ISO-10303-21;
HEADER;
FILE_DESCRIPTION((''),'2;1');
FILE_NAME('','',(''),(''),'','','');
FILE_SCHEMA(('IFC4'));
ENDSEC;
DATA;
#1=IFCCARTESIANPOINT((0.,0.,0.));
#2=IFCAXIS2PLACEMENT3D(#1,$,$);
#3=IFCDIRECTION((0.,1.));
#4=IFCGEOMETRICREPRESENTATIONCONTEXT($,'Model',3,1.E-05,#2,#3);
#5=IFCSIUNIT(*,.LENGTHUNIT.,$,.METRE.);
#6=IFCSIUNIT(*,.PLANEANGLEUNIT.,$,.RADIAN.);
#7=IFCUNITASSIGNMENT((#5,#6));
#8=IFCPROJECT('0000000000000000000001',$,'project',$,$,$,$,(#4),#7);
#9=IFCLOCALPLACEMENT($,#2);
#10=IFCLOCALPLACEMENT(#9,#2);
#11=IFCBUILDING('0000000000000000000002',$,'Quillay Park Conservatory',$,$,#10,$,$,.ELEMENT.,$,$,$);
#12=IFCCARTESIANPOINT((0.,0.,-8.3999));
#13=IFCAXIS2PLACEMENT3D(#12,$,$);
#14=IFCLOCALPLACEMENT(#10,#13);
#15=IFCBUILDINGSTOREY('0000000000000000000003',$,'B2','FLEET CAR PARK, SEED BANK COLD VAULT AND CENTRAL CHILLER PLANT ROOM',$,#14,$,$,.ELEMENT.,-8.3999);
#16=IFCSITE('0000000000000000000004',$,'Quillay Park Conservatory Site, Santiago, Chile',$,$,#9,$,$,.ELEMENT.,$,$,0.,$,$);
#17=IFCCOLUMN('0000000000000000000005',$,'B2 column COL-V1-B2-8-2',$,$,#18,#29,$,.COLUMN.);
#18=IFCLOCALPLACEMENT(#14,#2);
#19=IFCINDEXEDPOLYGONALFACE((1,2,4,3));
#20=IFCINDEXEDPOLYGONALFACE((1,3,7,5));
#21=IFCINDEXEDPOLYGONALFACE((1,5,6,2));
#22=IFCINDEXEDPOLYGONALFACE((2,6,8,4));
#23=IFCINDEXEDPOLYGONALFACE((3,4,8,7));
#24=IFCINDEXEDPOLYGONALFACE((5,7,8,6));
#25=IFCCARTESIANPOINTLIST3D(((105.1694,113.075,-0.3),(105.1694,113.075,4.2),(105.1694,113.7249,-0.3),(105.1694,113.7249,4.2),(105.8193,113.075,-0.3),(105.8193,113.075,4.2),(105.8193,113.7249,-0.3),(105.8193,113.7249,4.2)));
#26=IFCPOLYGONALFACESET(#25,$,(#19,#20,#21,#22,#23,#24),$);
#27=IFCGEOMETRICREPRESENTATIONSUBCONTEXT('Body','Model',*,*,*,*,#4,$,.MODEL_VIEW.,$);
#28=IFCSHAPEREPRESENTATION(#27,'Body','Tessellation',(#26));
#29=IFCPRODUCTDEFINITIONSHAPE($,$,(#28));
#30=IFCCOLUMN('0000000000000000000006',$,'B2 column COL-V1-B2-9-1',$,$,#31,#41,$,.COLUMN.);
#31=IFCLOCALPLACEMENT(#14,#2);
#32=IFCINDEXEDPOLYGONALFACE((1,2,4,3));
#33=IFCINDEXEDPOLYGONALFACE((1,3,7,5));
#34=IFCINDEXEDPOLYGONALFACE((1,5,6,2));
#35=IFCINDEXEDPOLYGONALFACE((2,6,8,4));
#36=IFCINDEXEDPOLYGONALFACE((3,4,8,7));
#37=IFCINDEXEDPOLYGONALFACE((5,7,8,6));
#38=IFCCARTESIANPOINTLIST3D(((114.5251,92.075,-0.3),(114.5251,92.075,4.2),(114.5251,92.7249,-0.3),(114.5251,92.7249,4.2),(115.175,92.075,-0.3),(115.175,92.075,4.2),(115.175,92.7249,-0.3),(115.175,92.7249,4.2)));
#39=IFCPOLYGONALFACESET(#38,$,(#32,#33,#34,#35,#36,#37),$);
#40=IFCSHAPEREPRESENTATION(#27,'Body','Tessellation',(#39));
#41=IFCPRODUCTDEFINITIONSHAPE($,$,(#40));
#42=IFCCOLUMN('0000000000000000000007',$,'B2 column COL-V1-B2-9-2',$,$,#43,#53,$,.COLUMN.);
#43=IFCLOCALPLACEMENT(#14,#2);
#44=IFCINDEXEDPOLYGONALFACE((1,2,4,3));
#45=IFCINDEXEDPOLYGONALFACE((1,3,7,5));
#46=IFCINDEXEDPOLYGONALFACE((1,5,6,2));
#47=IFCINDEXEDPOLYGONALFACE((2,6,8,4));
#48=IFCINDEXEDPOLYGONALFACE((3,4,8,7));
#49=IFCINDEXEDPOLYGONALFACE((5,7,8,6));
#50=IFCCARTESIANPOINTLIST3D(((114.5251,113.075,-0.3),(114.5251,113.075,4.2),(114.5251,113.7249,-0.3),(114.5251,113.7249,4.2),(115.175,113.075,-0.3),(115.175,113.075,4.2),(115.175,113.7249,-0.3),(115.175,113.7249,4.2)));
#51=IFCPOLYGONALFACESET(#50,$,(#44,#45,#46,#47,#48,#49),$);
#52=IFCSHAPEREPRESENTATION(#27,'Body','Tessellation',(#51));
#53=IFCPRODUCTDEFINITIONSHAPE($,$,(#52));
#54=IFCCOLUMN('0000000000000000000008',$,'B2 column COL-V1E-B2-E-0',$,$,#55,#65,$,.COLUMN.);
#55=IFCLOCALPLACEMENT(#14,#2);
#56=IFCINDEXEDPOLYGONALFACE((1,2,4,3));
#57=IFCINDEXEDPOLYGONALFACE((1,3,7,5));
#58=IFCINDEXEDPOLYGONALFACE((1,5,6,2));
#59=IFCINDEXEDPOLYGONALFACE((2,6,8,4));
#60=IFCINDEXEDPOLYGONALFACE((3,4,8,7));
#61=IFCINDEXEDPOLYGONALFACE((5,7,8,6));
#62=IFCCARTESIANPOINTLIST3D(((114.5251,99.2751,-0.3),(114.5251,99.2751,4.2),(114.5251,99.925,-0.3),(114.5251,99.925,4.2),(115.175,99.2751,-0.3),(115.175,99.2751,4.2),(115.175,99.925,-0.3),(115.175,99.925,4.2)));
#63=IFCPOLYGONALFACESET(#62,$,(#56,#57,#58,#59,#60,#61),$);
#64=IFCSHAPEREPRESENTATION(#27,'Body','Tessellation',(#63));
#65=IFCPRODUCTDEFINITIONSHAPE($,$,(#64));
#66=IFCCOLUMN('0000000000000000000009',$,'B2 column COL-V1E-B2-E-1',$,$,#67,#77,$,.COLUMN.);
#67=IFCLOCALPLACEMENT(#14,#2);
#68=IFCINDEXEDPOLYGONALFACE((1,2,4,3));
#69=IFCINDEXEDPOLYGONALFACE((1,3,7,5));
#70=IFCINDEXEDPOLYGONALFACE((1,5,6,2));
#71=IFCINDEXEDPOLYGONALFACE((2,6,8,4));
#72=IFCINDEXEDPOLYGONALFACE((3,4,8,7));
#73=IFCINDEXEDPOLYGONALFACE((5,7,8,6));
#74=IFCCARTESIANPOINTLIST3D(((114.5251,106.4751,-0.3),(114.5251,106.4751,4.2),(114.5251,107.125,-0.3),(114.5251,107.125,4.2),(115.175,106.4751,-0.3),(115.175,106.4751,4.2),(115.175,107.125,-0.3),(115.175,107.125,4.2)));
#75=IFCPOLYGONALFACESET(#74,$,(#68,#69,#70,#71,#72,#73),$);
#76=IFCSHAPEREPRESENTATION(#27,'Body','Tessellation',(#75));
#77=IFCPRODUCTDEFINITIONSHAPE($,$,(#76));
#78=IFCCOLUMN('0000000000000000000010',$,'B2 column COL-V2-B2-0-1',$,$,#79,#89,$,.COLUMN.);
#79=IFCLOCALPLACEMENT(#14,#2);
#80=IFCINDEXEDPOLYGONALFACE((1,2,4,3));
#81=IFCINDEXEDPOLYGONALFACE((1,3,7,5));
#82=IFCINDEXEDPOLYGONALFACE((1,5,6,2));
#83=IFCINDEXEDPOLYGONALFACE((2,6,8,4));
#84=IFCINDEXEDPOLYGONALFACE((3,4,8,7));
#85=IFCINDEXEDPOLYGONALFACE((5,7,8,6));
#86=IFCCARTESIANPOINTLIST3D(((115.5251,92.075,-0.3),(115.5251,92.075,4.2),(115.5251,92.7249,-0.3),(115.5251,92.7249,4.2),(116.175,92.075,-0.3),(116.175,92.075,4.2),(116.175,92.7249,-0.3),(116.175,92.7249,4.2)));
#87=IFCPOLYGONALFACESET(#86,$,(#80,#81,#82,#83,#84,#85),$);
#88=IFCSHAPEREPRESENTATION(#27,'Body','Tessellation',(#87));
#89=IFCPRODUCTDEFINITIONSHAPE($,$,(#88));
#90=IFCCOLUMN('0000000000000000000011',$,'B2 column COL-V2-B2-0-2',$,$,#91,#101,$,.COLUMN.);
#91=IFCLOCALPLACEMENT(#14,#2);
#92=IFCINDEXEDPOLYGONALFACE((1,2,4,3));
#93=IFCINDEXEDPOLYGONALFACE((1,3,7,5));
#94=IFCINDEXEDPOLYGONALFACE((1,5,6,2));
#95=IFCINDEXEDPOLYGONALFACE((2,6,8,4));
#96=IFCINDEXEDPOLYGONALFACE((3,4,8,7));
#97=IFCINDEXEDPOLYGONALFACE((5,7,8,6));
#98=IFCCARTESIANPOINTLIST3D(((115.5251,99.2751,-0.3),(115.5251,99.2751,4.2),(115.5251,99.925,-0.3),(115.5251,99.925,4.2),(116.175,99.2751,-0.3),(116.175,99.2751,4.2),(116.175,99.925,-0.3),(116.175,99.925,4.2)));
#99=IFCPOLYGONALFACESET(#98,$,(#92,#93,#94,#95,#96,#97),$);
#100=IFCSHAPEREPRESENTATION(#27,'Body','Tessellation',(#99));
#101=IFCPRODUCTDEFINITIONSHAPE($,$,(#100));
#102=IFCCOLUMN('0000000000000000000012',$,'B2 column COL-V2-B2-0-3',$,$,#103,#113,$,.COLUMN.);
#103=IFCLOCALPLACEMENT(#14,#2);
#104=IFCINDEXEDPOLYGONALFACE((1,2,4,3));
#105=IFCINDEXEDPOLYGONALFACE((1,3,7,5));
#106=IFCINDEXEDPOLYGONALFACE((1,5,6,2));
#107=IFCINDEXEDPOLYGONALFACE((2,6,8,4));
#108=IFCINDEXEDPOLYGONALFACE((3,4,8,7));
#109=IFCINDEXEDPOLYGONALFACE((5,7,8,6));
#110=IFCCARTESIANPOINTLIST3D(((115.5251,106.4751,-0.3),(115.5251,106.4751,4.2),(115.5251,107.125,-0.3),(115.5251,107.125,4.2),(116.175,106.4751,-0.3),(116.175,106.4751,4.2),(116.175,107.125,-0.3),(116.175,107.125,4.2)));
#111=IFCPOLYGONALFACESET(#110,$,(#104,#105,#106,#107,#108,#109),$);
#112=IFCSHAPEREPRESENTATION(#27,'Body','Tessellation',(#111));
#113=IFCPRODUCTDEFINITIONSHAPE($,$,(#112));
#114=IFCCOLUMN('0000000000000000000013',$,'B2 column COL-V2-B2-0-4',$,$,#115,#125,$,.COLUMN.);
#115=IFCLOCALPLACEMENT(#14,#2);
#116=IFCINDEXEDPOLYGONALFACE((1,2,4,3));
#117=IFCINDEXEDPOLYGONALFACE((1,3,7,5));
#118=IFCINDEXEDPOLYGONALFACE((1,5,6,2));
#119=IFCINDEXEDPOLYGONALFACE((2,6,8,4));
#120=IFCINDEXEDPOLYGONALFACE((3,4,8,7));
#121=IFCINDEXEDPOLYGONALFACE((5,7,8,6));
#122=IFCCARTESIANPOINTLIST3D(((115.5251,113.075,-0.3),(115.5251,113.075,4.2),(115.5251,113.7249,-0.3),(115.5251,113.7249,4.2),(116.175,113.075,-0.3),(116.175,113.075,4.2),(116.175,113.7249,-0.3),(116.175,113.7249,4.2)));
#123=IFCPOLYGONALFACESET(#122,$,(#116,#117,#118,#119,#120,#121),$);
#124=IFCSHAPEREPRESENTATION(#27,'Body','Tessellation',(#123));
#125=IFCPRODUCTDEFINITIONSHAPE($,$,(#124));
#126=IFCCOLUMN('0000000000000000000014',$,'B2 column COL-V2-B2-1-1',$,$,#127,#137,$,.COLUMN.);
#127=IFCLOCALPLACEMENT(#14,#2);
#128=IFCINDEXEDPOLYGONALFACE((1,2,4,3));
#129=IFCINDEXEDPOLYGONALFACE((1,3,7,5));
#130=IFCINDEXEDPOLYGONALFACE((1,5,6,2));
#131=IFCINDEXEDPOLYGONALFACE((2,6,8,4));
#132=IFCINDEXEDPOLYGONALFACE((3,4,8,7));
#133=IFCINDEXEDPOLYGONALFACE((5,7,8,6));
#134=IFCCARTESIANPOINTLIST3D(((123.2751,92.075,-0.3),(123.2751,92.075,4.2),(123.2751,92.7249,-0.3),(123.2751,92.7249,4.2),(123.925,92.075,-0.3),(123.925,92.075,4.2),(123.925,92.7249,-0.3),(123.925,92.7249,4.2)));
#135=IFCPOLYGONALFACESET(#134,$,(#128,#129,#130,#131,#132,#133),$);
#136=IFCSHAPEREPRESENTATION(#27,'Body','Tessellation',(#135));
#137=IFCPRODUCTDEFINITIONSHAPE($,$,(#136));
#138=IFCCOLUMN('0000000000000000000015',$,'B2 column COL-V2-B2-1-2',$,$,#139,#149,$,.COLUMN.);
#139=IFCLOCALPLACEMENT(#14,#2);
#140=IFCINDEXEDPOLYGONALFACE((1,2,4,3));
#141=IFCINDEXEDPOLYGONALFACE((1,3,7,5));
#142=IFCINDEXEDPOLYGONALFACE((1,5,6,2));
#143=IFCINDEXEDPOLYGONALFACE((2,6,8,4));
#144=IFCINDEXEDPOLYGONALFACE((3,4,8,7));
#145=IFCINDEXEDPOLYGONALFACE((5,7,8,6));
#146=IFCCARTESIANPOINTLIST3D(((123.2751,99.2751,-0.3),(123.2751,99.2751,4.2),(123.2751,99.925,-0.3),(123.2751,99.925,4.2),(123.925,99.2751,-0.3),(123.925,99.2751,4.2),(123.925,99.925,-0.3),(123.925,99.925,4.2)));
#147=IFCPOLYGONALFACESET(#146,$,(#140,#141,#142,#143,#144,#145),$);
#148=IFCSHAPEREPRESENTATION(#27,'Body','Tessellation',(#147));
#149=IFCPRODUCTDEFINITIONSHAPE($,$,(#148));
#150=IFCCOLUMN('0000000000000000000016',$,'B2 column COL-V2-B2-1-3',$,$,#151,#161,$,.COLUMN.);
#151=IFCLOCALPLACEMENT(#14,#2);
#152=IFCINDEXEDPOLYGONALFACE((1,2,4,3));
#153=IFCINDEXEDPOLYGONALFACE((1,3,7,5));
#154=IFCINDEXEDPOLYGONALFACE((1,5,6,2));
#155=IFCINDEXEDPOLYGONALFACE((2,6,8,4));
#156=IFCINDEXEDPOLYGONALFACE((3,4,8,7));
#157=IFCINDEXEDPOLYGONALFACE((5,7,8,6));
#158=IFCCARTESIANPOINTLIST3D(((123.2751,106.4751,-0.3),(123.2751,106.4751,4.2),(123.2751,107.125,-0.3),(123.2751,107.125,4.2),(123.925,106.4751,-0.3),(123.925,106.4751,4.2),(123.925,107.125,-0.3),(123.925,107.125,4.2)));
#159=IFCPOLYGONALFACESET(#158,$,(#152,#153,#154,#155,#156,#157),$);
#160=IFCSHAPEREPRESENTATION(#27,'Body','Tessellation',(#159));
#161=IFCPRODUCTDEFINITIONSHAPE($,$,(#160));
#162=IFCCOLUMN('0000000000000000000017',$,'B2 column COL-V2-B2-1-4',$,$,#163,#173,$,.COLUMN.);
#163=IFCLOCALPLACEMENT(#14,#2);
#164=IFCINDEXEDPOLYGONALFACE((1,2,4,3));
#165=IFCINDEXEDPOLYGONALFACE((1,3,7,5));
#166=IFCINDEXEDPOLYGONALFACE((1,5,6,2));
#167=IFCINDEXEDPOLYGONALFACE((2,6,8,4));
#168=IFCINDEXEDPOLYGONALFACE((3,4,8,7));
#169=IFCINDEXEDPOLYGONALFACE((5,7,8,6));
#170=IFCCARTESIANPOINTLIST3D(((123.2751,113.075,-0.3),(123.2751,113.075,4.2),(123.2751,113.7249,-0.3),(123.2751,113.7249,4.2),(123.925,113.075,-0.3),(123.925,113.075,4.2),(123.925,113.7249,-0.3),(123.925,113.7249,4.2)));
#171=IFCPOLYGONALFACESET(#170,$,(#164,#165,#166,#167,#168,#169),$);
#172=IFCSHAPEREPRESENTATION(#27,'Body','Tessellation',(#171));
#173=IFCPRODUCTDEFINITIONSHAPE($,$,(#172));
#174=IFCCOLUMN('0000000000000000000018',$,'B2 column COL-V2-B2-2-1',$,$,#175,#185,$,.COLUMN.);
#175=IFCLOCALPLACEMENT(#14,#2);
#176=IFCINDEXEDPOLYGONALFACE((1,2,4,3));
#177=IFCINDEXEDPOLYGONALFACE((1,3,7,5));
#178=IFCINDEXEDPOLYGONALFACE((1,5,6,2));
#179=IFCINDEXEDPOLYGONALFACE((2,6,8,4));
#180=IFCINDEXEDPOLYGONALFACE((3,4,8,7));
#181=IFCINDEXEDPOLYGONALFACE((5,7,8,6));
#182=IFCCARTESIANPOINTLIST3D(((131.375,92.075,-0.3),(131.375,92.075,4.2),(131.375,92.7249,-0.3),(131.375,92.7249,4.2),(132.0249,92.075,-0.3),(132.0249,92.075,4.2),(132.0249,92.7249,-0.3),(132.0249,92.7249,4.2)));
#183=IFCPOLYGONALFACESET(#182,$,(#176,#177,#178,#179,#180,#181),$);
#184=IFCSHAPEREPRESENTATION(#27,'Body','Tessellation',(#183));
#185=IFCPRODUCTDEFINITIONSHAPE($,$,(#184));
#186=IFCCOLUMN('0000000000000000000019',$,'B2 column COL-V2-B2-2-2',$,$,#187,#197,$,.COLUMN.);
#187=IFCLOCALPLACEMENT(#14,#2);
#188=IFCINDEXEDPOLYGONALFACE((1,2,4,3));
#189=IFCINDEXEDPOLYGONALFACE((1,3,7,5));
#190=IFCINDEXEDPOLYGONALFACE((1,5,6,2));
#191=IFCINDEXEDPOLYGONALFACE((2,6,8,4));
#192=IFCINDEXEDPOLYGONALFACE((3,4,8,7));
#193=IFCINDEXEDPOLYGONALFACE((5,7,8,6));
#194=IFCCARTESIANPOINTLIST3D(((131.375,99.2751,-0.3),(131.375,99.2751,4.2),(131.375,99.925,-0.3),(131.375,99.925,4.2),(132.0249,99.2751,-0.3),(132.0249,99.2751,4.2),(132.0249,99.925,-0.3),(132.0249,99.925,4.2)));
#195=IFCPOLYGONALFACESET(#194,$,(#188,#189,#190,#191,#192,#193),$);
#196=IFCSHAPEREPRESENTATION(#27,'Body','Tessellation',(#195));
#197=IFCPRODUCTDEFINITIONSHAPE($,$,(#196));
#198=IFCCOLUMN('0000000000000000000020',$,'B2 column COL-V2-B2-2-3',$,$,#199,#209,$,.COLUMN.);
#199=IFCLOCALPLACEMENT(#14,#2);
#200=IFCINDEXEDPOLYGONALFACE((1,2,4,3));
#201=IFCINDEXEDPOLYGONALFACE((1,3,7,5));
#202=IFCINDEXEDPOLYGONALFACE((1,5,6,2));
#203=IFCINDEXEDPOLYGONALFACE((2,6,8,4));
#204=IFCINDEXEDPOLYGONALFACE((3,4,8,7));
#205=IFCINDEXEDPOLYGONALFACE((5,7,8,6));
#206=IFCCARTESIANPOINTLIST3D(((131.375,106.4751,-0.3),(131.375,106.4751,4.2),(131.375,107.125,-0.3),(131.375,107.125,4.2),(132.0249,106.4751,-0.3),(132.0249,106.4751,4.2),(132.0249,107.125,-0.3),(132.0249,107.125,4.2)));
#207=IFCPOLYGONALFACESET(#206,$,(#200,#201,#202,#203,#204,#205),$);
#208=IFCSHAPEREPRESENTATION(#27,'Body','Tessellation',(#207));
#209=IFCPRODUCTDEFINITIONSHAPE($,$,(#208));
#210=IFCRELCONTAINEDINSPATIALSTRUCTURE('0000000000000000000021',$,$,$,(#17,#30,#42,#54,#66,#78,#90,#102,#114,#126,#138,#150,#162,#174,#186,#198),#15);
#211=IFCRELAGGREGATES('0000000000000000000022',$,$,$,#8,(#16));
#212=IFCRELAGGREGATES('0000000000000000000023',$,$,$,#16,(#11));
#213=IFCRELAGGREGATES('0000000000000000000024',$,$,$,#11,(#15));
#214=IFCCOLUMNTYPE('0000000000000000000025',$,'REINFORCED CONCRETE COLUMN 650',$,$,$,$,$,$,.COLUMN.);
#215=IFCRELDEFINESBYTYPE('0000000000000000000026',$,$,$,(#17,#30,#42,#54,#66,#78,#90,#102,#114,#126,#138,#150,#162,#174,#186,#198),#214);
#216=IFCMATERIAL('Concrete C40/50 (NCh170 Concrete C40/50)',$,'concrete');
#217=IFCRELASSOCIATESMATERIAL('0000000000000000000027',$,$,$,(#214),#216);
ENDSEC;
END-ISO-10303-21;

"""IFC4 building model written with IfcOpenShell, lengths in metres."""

from ifc_helpers import new_model, si_unit, direction, frame, origin, origin_2d, place, context, subcontext, project, spatial, rectangle, extrude, material, material_profile, profile_set, type_object, element, save


model = new_model("IFC4")

# Units and contexts
model_context = context("Model", 3, precision=1e-05, world=origin(), true_north=direction((0.0, 1.0)))
body_context = subcontext(model_context, "Body", "Model", "MODEL_VIEW")
ifc_project = project(units=[si_unit("LENGTHUNIT", "METRE"), si_unit("PLANEANGLEUNIT", "RADIAN")], contexts=[model_context])

# Site, building, storey
site_placement = place(None, origin())
site = spatial("IfcSite", under=ifc_project, at=site_placement, Name="Quillay Park Conservatory Site, Santiago, Chile", CompositionType="ELEMENT", RefElevation=0.0)
building_placement = place(site_placement, origin())
building = spatial("IfcBuilding", under=site, at=building_placement, Name="Quillay Park Conservatory", CompositionType="ELEMENT")
storey_placement = place(building_placement, frame((0.0, 0.0, -8.3999)))
storey = spatial("IfcBuildingStorey", under=building, at=storey_placement, Name="B2", Description="FLEET CAR PARK, SEED BANK COLD VAULT AND CENTRAL CHILLER PLANT ROOM", CompositionType="ELEMENT", Elevation=-8.3999)

# Columns
ifc_material_1 = material(Name="Concrete C40/50 (NCh170 Concrete C40/50)", Category="concrete")
ifc_material_profile_1 = material_profile(ifc_material_1, rectangle(XDim=0.6499, YDim=0.6499, at=origin_2d()), Name="RC650x650")
ifc_profile_set_1 = profile_set([ifc_material_profile_1], Name="Concrete C40/50 (NCh170 Concrete C40/50)")
column_type = type_object("IfcColumnType", Name="REINFORCED CONCRETE COLUMN 650", PredefinedType="COLUMN", material=ifc_profile_set_1)
for number, where, z_axis, x_axis, name in (
    (1, (105.4944, 113.3999, -0.3), (0.0, 0.0, 1.0), (1.0, 0.0, 0.0), "B2 column COL-V1-B2-8-2"),
    (2, (114.8501, 92.3999, -0.3), (0.0, 0.0, 1.0), (1.0, 0.0, 0.0), "B2 column COL-V1-B2-9-1"),
    (3, (114.8501, 113.3999, -0.3), (0.0, 0.0, 1.0), (1.0, 0.0, 0.0), "B2 column COL-V1-B2-9-2"),
    (4, (114.8501, 99.6001, -0.3), (0.0, 0.0, 1.0), (1.0, 0.0, 0.0), "B2 column COL-V1E-B2-E-0"),
    (5, (114.8501, 106.8, -0.3), (0.0, 0.0, 1.0), (1.0, 0.0, 0.0), "B2 column COL-V1E-B2-E-1"),
    (6, (115.8501, 92.3999, -0.3), (0.0, 0.0, 1.0), (1.0, 0.0, 0.0), "B2 column COL-V2-B2-0-1"),
    (7, (115.8501, 99.6001, -0.3), (0.0, 0.0, 1.0), (1.0, 0.0, 0.0), "B2 column COL-V2-B2-0-2"),
    (8, (115.8501, 106.8, -0.3), (0.0, 0.0, 1.0), (1.0, 0.0, 0.0), "B2 column COL-V2-B2-0-3"),
    (9, (115.8501, 113.3999, -0.3), (0.0, 0.0, 1.0), (1.0, 0.0, 0.0), "B2 column COL-V2-B2-0-4"),
    (10, (123.6001, 92.3999, -0.3), (0.0, 0.0, 1.0), (1.0, 0.0, 0.0), "B2 column COL-V2-B2-1-1"),
    (11, (123.6001, 99.6001, -0.3), (0.0, 0.0, 1.0), (1.0, 0.0, 0.0), "B2 column COL-V2-B2-1-2"),
    (12, (123.6001, 106.8, -0.3), (0.0, 0.0, 1.0), (1.0, 0.0, 0.0), "B2 column COL-V2-B2-1-3"),
    (13, (123.6001, 113.3999, -0.3), (0.0, 0.0, 1.0), (1.0, 0.0, 0.0), "B2 column COL-V2-B2-1-4"),
    (14, (131.7, 92.3999, -0.3), (0.0, 0.0, 1.0), (1.0, 0.0, 0.0), "B2 column COL-V2-B2-2-1"),
    (15, (131.7, 99.6001, -0.3), (0.0, 0.0, 1.0), (1.0, 0.0, 0.0), "B2 column COL-V2-B2-2-2"),
    (16, (131.7, 106.8, -0.3), (0.0, 0.0, 1.0), (1.0, 0.0, 0.0), "B2 column COL-V2-B2-2-3"),
):
    element("IfcColumn", number, at=place(storey_placement, frame(where, z_axis=z_axis, x_axis=x_axis)), inside=storey, type_object=column_type, Name=name, PredefinedType="COLUMN", context=body_context, shape_type="SweptSolid", body=[
        extrude(rectangle(XDim=0.6499, YDim=0.6499, at=origin_2d()), origin(), (0.0, 0.0, 1.0), 4.5),
    ])

save(model, "model.ifc")
